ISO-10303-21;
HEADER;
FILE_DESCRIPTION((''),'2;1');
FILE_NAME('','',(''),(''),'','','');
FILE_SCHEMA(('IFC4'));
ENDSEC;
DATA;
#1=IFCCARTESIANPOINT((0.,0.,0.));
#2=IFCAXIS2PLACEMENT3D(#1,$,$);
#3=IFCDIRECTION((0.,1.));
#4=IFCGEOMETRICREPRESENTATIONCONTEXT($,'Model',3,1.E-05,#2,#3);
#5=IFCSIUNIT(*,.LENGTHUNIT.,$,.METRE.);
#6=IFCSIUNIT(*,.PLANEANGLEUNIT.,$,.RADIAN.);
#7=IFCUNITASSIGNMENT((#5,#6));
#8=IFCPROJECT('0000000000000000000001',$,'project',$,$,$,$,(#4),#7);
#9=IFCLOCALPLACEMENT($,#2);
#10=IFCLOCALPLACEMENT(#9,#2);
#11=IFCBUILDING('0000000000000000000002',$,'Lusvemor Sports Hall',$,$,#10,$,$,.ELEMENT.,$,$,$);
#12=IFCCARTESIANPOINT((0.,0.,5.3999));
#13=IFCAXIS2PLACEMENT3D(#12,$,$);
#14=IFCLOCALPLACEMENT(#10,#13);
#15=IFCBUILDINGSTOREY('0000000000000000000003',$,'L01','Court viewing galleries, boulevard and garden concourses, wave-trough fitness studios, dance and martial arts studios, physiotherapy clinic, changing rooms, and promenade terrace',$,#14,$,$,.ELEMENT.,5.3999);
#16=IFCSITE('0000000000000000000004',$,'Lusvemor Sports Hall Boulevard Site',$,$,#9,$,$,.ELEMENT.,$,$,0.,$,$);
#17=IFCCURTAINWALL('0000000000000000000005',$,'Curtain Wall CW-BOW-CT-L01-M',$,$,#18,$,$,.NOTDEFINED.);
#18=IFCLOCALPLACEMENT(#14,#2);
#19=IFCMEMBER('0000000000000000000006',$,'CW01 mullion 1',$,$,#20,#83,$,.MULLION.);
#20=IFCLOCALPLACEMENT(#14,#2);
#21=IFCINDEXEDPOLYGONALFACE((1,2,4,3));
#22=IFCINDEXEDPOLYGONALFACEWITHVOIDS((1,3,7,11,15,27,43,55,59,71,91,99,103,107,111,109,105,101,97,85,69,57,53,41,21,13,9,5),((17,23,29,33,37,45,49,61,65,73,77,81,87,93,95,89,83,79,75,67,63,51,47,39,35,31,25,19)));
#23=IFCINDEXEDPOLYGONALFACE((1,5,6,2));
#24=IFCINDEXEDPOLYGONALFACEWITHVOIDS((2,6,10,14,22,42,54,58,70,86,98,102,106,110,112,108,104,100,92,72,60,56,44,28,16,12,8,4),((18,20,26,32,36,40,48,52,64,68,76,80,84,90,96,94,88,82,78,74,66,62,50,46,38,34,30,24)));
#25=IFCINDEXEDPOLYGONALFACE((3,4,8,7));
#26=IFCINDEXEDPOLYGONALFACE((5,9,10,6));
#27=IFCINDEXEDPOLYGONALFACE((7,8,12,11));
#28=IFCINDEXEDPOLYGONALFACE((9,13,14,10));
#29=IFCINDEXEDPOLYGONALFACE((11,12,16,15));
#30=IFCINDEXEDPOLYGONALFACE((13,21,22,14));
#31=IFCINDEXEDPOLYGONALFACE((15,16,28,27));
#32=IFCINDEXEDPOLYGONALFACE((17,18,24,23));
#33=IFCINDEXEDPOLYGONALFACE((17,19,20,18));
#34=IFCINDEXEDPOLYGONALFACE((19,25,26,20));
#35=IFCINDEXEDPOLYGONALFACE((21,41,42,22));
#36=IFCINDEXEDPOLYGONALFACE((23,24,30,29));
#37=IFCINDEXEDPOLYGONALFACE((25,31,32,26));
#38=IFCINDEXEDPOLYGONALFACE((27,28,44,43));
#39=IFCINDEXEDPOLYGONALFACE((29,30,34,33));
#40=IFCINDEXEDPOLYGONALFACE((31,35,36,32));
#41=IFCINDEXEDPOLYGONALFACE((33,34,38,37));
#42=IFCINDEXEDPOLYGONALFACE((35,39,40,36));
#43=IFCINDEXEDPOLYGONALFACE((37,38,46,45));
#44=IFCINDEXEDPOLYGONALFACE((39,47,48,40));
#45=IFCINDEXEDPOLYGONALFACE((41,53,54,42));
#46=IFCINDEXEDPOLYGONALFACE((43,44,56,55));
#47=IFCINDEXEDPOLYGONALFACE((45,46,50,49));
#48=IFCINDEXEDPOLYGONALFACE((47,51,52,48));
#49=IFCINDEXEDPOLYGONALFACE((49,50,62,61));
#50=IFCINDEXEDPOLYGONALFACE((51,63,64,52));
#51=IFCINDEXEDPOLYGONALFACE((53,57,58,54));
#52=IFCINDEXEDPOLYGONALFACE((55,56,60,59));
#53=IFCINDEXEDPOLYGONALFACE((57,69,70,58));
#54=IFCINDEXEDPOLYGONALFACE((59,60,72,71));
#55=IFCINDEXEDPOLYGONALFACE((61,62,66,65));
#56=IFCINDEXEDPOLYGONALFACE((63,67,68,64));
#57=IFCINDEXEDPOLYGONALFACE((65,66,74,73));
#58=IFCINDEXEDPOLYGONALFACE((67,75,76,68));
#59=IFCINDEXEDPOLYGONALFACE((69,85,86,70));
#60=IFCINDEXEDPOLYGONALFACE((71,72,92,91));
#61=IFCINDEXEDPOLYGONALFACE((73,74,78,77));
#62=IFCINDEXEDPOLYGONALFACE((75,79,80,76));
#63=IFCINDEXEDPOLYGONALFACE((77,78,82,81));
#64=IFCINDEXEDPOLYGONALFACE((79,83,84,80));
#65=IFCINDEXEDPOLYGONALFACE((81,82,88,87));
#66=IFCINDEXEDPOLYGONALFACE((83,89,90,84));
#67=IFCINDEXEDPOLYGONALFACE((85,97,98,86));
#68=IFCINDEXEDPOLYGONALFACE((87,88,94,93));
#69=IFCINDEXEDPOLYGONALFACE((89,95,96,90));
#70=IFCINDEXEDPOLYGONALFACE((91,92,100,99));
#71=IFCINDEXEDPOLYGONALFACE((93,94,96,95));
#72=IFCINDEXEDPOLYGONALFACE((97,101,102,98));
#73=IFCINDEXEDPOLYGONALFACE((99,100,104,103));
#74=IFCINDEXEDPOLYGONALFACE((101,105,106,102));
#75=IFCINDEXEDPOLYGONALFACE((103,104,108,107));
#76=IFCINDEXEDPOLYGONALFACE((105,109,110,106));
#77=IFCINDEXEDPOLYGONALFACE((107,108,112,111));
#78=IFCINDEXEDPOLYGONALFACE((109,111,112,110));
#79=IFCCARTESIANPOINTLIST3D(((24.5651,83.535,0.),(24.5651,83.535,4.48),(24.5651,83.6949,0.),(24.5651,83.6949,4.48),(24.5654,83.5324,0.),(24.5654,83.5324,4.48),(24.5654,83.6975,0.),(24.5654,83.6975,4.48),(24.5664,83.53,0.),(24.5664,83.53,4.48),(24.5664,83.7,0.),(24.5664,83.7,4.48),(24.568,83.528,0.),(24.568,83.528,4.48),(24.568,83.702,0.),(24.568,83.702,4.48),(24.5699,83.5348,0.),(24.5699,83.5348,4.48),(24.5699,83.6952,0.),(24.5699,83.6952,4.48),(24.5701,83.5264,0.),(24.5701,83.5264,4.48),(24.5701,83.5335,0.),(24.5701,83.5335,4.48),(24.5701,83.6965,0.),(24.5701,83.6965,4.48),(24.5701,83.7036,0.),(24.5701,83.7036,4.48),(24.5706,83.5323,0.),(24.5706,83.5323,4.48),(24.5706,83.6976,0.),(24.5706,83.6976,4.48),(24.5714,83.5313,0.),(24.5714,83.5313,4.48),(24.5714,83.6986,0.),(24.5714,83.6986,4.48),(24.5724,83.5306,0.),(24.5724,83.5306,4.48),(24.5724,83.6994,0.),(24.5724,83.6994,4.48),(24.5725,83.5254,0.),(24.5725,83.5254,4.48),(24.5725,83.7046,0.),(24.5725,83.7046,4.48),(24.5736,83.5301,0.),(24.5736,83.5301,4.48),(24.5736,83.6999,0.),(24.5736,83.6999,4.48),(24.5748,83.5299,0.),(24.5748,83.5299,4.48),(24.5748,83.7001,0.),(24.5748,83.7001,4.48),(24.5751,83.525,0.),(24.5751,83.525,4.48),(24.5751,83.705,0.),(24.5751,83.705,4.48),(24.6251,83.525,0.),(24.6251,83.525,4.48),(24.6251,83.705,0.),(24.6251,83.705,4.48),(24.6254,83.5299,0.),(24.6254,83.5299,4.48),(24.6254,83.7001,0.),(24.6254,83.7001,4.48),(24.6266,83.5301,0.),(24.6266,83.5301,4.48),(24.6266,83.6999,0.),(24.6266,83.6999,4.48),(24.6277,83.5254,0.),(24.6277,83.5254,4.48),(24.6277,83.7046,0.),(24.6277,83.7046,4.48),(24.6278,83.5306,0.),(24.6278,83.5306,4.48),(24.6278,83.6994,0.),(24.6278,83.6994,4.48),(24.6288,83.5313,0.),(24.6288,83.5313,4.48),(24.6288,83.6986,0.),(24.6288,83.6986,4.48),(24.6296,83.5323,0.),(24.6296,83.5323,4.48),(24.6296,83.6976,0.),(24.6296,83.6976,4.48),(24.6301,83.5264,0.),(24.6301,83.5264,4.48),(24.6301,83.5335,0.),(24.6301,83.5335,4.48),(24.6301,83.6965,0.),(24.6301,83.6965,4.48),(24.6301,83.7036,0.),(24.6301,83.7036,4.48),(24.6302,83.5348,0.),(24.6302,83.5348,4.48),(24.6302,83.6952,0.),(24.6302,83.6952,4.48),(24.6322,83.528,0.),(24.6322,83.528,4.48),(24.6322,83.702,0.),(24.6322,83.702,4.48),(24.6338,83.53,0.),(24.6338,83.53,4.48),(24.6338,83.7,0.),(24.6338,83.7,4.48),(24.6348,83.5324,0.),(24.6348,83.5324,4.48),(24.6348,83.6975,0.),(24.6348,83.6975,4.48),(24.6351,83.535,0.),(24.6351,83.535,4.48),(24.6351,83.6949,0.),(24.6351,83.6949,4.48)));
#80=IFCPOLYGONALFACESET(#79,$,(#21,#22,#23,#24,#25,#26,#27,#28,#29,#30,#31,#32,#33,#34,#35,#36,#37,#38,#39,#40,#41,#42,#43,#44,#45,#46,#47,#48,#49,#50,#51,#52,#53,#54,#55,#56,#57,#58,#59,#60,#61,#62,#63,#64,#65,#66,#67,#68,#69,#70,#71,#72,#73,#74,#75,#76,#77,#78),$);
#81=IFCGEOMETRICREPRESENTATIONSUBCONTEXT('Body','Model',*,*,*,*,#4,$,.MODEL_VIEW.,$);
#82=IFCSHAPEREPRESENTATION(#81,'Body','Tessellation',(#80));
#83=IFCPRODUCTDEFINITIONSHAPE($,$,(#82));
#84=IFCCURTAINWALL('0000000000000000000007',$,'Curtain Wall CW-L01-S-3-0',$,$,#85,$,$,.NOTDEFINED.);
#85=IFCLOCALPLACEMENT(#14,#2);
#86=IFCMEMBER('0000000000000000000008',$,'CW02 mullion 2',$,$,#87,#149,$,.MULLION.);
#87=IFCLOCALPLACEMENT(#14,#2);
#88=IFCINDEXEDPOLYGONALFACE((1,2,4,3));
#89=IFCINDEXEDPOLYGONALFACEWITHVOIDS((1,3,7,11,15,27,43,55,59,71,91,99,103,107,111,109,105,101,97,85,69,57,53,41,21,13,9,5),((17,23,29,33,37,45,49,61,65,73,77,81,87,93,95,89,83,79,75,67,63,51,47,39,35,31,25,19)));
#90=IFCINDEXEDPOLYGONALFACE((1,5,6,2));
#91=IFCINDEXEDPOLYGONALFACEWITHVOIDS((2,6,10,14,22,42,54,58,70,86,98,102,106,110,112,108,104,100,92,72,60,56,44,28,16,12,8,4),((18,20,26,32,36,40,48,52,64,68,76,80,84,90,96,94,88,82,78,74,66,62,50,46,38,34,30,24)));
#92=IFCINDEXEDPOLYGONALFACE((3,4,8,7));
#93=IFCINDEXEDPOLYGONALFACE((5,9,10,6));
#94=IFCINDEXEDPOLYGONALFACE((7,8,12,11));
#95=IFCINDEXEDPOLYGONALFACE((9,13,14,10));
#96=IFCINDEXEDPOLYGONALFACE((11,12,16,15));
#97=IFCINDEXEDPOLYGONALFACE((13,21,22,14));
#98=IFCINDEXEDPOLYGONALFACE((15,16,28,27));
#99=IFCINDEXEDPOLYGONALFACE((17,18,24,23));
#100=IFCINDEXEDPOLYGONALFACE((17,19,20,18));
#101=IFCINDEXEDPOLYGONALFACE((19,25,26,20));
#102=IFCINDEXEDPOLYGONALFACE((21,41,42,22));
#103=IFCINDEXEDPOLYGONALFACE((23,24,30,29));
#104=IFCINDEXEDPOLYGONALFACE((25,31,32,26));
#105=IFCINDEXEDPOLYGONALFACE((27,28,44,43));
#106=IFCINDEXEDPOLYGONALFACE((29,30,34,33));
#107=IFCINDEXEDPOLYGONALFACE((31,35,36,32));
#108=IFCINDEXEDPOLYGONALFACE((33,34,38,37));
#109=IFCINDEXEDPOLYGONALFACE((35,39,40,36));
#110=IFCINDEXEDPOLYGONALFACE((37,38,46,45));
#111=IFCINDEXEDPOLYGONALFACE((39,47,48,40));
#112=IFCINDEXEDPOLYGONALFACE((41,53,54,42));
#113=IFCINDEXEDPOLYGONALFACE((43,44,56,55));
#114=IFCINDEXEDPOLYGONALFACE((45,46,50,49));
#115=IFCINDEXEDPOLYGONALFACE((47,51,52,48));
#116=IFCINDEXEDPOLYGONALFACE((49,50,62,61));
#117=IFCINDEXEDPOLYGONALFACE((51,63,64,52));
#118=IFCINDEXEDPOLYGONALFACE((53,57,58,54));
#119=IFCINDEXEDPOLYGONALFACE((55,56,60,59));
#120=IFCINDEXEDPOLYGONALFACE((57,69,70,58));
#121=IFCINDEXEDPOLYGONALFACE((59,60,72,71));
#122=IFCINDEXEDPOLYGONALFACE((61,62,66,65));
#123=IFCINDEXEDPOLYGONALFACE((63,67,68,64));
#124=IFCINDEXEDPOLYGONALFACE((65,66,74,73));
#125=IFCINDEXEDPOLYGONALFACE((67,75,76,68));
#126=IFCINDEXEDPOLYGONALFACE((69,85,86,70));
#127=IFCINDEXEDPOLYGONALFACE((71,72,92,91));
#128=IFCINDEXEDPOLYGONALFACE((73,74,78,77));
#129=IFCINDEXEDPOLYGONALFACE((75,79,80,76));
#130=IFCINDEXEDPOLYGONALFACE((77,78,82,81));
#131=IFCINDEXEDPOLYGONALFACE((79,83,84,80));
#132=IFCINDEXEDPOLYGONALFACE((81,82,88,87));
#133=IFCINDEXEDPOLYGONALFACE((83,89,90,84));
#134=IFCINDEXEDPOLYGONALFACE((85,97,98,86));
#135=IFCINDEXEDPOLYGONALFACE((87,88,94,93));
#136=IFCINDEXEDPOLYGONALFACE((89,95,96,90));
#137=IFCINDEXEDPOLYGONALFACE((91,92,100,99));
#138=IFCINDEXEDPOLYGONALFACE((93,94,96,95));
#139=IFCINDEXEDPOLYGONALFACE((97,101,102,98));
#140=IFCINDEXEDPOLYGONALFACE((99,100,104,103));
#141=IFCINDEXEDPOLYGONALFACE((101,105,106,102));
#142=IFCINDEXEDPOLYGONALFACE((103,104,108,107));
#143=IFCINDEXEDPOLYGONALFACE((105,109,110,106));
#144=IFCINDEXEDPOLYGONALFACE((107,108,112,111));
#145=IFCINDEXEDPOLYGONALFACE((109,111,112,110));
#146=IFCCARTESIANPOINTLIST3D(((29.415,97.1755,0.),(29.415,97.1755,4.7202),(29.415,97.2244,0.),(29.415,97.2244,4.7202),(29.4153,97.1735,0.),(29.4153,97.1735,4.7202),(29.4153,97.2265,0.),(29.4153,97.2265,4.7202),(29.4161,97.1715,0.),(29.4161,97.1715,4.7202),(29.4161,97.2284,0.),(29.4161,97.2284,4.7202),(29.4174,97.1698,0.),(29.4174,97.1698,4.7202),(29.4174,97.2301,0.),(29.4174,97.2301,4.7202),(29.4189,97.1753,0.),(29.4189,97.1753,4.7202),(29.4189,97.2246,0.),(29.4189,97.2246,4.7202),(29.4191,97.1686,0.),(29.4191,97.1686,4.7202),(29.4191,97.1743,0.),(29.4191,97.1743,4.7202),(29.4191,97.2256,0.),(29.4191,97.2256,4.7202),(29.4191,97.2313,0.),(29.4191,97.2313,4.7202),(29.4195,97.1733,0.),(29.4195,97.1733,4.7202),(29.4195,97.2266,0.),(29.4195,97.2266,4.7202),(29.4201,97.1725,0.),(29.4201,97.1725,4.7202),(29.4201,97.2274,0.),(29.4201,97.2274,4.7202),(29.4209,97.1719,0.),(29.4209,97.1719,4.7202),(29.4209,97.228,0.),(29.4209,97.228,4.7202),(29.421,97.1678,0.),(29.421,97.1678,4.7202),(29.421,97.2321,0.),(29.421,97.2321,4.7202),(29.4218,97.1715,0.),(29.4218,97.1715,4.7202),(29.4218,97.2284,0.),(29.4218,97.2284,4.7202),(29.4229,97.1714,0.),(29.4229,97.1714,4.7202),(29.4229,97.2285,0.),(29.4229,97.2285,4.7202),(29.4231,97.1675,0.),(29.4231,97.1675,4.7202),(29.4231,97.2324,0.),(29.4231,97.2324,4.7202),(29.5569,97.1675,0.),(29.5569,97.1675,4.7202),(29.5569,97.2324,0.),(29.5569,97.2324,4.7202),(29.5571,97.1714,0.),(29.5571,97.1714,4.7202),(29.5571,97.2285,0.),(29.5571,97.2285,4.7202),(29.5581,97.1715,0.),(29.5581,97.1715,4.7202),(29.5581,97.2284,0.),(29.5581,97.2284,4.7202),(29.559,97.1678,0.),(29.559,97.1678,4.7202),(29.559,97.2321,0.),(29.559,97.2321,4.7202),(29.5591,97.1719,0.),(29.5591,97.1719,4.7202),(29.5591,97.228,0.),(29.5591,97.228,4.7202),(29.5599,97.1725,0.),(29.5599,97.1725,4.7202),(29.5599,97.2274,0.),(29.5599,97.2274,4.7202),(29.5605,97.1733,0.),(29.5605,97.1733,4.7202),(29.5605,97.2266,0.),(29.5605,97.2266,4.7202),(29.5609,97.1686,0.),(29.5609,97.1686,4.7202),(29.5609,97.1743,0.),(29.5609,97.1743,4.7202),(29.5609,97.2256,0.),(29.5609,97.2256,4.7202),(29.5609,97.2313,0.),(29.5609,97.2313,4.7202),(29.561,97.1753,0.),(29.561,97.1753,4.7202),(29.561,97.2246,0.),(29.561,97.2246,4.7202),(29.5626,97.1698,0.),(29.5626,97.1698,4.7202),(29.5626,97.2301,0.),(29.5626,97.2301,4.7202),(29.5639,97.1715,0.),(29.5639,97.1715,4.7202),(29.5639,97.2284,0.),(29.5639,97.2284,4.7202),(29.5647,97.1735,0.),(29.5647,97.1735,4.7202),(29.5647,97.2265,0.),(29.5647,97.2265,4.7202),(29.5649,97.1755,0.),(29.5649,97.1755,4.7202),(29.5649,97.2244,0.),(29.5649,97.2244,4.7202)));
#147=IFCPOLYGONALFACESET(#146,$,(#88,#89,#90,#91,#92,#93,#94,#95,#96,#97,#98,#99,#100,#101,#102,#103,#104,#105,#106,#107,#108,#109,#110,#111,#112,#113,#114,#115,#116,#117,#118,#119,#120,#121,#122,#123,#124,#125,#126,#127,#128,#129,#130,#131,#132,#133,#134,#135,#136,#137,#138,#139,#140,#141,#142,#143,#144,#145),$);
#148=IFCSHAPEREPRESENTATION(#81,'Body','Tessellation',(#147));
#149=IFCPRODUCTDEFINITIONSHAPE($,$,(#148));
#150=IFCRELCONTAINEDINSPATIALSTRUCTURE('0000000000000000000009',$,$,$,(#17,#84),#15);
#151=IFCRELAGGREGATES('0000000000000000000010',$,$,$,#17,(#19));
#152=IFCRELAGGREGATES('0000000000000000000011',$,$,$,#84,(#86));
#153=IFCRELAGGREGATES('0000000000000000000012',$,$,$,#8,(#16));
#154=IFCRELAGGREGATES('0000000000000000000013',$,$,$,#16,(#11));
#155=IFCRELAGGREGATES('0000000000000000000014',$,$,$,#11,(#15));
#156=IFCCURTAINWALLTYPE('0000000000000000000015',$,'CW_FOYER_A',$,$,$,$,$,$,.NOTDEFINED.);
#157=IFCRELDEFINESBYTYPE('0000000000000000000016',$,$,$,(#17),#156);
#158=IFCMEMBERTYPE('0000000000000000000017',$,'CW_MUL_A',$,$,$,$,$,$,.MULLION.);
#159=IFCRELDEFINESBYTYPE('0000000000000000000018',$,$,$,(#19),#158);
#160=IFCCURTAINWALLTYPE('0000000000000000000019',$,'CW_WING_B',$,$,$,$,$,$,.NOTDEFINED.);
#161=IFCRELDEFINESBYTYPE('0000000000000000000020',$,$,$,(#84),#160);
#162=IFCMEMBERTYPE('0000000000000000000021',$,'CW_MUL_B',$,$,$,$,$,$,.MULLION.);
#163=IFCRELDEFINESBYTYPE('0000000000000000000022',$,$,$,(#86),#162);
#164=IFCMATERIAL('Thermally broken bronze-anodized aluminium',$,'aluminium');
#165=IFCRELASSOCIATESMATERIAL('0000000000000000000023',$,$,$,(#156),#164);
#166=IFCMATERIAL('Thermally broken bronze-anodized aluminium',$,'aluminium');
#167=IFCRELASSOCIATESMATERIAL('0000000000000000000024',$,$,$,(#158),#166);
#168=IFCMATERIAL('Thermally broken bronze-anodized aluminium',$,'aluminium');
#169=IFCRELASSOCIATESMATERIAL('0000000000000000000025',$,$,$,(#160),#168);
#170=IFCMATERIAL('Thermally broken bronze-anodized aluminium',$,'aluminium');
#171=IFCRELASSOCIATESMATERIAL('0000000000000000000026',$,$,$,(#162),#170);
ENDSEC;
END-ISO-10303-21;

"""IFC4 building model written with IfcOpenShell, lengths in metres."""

from ifc_helpers import new_model, si_unit, direction, frame, origin, origin_2d, place, context, subcontext, project, spatial, hollow_rectangle, extrude, material, material_profile, profile_set, type_object, element, aggregate, save


model = new_model("IFC4")

# Units and contexts
model_context = context("Model", 3, precision=1e-05, world=origin(), true_north=direction((0.0, 1.0)))
body_context = subcontext(model_context, "Body", "Model", "MODEL_VIEW")
ifc_project = project(units=[si_unit("LENGTHUNIT", "METRE"), si_unit("PLANEANGLEUNIT", "RADIAN")], contexts=[model_context])

# Site, building, storey
site_placement = place(None, origin())
site = spatial("IfcSite", under=ifc_project, at=site_placement, Name="Lusvemor Sports Hall Boulevard Site", CompositionType="ELEMENT", RefElevation=0.0)
building_placement = place(site_placement, origin())
building = spatial("IfcBuilding", under=site, at=building_placement, Name="Lusvemor Sports Hall", CompositionType="ELEMENT")
storey_placement = place(building_placement, frame((0.0, 0.0, 5.3999)))
storey = spatial("IfcBuildingStorey", under=building, at=storey_placement, Name="L01", Description="Court viewing galleries, boulevard and garden concourses, wave-trough fitness studios, dance and martial arts studios, physiotherapy clinic, changing rooms, and promenade terrace", CompositionType="ELEMENT", Elevation=5.3999)

# Curtain wall, member
ifc_material_1 = material(Name="Thermally broken bronze-anodized aluminium", Category="aluminium")
curtain_wall_type_1 = type_object("IfcCurtainWallType", Name="CW_FOYER_A", PredefinedType="NOTDEFINED", material=ifc_material_1)
curtain_wall_1_placement = place(storey_placement, origin())
curtain_wall_1 = element("IfcCurtainWall", 1, at=curtain_wall_1_placement, inside=storey, type_object=curtain_wall_type_1, Name="Curtain Wall CW-BOW-CT-L01-M", PredefinedType="NOTDEFINED")
ifc_material_2 = material(Name="Thermally broken bronze-anodized aluminium", Category="aluminium")
ifc_material_profile_1 = material_profile(ifc_material_2, hollow_rectangle(XDim=0.0701, YDim=0.1799, WallThickness=0.0049, InnerFilletRadius=0.0049, OuterFilletRadius=0.01, at=origin_2d()), Name="CWMUL180x70x5")
ifc_profile_set_1 = profile_set([ifc_material_profile_1], Name="Thermally broken bronze-anodized aluminium")
member_type_1 = type_object("IfcMemberType", Name="CW_MUL_A", PredefinedType="MULLION", material=ifc_profile_set_1)
member_1_placement = place(storey_placement, frame((24.6001, 83.615, 0.0), z_axis=(0.0, 0.0, 1.0), x_axis=(1.0, 0.0, 0.0)))
member_1 = element("IfcMember", 2, at=member_1_placement, type_object=member_type_1, Name="CW01 mullion 1", PredefinedType="MULLION", context=body_context, shape_type="SweptSolid", body=[
    extrude(hollow_rectangle(XDim=0.0701, YDim=0.1799, WallThickness=0.0049, InnerFilletRadius=0.0049, OuterFilletRadius=0.01, at=origin_2d()), origin(), (0.0, 0.0, 1.0), 4.48),
])

# Curtain wall, member
ifc_material_3 = material(Name="Thermally broken bronze-anodized aluminium", Category="aluminium")
curtain_wall_type_2 = type_object("IfcCurtainWallType", Name="CW_WING_B", PredefinedType="NOTDEFINED", material=ifc_material_3)
curtain_wall_2_placement = place(storey_placement, origin())
curtain_wall_2 = element("IfcCurtainWall", 3, at=curtain_wall_2_placement, inside=storey, type_object=curtain_wall_type_2, Name="Curtain Wall CW-L01-S-3-0", PredefinedType="NOTDEFINED")
ifc_material_4 = material(Name="Thermally broken bronze-anodized aluminium", Category="aluminium")
ifc_material_profile_2 = material_profile(ifc_material_4, hollow_rectangle(XDim=0.0649, YDim=0.1499, WallThickness=0.0039, InnerFilletRadius=0.0039, OuterFilletRadius=0.0081, at=origin_2d()), Name="CWMUL150x65x4")
ifc_profile_set_2 = profile_set([ifc_material_profile_2], Name="Thermally broken bronze-anodized aluminium")
member_type_2 = type_object("IfcMemberType", Name="CW_MUL_B", PredefinedType="MULLION", material=ifc_profile_set_2)
member_2_placement = place(storey_placement, frame((29.49, 97.2, 0.0), z_axis=(0.0, 0.0, 1.0), x_axis=(0.0, -1.0, 0.0)))
member_2 = element("IfcMember", 4, at=member_2_placement, type_object=member_type_2, Name="CW02 mullion 2", PredefinedType="MULLION", context=body_context, shape_type="SweptSolid", body=[
    extrude(hollow_rectangle(XDim=0.0649, YDim=0.1499, WallThickness=0.0039, InnerFilletRadius=0.0039, OuterFilletRadius=0.0081, at=origin_2d()), origin(), (0.0, 0.0, 1.0), 4.7202),
])

aggregate(curtain_wall_1, [member_1])

aggregate(curtain_wall_2, [member_2])

save(model, "model.ifc")
